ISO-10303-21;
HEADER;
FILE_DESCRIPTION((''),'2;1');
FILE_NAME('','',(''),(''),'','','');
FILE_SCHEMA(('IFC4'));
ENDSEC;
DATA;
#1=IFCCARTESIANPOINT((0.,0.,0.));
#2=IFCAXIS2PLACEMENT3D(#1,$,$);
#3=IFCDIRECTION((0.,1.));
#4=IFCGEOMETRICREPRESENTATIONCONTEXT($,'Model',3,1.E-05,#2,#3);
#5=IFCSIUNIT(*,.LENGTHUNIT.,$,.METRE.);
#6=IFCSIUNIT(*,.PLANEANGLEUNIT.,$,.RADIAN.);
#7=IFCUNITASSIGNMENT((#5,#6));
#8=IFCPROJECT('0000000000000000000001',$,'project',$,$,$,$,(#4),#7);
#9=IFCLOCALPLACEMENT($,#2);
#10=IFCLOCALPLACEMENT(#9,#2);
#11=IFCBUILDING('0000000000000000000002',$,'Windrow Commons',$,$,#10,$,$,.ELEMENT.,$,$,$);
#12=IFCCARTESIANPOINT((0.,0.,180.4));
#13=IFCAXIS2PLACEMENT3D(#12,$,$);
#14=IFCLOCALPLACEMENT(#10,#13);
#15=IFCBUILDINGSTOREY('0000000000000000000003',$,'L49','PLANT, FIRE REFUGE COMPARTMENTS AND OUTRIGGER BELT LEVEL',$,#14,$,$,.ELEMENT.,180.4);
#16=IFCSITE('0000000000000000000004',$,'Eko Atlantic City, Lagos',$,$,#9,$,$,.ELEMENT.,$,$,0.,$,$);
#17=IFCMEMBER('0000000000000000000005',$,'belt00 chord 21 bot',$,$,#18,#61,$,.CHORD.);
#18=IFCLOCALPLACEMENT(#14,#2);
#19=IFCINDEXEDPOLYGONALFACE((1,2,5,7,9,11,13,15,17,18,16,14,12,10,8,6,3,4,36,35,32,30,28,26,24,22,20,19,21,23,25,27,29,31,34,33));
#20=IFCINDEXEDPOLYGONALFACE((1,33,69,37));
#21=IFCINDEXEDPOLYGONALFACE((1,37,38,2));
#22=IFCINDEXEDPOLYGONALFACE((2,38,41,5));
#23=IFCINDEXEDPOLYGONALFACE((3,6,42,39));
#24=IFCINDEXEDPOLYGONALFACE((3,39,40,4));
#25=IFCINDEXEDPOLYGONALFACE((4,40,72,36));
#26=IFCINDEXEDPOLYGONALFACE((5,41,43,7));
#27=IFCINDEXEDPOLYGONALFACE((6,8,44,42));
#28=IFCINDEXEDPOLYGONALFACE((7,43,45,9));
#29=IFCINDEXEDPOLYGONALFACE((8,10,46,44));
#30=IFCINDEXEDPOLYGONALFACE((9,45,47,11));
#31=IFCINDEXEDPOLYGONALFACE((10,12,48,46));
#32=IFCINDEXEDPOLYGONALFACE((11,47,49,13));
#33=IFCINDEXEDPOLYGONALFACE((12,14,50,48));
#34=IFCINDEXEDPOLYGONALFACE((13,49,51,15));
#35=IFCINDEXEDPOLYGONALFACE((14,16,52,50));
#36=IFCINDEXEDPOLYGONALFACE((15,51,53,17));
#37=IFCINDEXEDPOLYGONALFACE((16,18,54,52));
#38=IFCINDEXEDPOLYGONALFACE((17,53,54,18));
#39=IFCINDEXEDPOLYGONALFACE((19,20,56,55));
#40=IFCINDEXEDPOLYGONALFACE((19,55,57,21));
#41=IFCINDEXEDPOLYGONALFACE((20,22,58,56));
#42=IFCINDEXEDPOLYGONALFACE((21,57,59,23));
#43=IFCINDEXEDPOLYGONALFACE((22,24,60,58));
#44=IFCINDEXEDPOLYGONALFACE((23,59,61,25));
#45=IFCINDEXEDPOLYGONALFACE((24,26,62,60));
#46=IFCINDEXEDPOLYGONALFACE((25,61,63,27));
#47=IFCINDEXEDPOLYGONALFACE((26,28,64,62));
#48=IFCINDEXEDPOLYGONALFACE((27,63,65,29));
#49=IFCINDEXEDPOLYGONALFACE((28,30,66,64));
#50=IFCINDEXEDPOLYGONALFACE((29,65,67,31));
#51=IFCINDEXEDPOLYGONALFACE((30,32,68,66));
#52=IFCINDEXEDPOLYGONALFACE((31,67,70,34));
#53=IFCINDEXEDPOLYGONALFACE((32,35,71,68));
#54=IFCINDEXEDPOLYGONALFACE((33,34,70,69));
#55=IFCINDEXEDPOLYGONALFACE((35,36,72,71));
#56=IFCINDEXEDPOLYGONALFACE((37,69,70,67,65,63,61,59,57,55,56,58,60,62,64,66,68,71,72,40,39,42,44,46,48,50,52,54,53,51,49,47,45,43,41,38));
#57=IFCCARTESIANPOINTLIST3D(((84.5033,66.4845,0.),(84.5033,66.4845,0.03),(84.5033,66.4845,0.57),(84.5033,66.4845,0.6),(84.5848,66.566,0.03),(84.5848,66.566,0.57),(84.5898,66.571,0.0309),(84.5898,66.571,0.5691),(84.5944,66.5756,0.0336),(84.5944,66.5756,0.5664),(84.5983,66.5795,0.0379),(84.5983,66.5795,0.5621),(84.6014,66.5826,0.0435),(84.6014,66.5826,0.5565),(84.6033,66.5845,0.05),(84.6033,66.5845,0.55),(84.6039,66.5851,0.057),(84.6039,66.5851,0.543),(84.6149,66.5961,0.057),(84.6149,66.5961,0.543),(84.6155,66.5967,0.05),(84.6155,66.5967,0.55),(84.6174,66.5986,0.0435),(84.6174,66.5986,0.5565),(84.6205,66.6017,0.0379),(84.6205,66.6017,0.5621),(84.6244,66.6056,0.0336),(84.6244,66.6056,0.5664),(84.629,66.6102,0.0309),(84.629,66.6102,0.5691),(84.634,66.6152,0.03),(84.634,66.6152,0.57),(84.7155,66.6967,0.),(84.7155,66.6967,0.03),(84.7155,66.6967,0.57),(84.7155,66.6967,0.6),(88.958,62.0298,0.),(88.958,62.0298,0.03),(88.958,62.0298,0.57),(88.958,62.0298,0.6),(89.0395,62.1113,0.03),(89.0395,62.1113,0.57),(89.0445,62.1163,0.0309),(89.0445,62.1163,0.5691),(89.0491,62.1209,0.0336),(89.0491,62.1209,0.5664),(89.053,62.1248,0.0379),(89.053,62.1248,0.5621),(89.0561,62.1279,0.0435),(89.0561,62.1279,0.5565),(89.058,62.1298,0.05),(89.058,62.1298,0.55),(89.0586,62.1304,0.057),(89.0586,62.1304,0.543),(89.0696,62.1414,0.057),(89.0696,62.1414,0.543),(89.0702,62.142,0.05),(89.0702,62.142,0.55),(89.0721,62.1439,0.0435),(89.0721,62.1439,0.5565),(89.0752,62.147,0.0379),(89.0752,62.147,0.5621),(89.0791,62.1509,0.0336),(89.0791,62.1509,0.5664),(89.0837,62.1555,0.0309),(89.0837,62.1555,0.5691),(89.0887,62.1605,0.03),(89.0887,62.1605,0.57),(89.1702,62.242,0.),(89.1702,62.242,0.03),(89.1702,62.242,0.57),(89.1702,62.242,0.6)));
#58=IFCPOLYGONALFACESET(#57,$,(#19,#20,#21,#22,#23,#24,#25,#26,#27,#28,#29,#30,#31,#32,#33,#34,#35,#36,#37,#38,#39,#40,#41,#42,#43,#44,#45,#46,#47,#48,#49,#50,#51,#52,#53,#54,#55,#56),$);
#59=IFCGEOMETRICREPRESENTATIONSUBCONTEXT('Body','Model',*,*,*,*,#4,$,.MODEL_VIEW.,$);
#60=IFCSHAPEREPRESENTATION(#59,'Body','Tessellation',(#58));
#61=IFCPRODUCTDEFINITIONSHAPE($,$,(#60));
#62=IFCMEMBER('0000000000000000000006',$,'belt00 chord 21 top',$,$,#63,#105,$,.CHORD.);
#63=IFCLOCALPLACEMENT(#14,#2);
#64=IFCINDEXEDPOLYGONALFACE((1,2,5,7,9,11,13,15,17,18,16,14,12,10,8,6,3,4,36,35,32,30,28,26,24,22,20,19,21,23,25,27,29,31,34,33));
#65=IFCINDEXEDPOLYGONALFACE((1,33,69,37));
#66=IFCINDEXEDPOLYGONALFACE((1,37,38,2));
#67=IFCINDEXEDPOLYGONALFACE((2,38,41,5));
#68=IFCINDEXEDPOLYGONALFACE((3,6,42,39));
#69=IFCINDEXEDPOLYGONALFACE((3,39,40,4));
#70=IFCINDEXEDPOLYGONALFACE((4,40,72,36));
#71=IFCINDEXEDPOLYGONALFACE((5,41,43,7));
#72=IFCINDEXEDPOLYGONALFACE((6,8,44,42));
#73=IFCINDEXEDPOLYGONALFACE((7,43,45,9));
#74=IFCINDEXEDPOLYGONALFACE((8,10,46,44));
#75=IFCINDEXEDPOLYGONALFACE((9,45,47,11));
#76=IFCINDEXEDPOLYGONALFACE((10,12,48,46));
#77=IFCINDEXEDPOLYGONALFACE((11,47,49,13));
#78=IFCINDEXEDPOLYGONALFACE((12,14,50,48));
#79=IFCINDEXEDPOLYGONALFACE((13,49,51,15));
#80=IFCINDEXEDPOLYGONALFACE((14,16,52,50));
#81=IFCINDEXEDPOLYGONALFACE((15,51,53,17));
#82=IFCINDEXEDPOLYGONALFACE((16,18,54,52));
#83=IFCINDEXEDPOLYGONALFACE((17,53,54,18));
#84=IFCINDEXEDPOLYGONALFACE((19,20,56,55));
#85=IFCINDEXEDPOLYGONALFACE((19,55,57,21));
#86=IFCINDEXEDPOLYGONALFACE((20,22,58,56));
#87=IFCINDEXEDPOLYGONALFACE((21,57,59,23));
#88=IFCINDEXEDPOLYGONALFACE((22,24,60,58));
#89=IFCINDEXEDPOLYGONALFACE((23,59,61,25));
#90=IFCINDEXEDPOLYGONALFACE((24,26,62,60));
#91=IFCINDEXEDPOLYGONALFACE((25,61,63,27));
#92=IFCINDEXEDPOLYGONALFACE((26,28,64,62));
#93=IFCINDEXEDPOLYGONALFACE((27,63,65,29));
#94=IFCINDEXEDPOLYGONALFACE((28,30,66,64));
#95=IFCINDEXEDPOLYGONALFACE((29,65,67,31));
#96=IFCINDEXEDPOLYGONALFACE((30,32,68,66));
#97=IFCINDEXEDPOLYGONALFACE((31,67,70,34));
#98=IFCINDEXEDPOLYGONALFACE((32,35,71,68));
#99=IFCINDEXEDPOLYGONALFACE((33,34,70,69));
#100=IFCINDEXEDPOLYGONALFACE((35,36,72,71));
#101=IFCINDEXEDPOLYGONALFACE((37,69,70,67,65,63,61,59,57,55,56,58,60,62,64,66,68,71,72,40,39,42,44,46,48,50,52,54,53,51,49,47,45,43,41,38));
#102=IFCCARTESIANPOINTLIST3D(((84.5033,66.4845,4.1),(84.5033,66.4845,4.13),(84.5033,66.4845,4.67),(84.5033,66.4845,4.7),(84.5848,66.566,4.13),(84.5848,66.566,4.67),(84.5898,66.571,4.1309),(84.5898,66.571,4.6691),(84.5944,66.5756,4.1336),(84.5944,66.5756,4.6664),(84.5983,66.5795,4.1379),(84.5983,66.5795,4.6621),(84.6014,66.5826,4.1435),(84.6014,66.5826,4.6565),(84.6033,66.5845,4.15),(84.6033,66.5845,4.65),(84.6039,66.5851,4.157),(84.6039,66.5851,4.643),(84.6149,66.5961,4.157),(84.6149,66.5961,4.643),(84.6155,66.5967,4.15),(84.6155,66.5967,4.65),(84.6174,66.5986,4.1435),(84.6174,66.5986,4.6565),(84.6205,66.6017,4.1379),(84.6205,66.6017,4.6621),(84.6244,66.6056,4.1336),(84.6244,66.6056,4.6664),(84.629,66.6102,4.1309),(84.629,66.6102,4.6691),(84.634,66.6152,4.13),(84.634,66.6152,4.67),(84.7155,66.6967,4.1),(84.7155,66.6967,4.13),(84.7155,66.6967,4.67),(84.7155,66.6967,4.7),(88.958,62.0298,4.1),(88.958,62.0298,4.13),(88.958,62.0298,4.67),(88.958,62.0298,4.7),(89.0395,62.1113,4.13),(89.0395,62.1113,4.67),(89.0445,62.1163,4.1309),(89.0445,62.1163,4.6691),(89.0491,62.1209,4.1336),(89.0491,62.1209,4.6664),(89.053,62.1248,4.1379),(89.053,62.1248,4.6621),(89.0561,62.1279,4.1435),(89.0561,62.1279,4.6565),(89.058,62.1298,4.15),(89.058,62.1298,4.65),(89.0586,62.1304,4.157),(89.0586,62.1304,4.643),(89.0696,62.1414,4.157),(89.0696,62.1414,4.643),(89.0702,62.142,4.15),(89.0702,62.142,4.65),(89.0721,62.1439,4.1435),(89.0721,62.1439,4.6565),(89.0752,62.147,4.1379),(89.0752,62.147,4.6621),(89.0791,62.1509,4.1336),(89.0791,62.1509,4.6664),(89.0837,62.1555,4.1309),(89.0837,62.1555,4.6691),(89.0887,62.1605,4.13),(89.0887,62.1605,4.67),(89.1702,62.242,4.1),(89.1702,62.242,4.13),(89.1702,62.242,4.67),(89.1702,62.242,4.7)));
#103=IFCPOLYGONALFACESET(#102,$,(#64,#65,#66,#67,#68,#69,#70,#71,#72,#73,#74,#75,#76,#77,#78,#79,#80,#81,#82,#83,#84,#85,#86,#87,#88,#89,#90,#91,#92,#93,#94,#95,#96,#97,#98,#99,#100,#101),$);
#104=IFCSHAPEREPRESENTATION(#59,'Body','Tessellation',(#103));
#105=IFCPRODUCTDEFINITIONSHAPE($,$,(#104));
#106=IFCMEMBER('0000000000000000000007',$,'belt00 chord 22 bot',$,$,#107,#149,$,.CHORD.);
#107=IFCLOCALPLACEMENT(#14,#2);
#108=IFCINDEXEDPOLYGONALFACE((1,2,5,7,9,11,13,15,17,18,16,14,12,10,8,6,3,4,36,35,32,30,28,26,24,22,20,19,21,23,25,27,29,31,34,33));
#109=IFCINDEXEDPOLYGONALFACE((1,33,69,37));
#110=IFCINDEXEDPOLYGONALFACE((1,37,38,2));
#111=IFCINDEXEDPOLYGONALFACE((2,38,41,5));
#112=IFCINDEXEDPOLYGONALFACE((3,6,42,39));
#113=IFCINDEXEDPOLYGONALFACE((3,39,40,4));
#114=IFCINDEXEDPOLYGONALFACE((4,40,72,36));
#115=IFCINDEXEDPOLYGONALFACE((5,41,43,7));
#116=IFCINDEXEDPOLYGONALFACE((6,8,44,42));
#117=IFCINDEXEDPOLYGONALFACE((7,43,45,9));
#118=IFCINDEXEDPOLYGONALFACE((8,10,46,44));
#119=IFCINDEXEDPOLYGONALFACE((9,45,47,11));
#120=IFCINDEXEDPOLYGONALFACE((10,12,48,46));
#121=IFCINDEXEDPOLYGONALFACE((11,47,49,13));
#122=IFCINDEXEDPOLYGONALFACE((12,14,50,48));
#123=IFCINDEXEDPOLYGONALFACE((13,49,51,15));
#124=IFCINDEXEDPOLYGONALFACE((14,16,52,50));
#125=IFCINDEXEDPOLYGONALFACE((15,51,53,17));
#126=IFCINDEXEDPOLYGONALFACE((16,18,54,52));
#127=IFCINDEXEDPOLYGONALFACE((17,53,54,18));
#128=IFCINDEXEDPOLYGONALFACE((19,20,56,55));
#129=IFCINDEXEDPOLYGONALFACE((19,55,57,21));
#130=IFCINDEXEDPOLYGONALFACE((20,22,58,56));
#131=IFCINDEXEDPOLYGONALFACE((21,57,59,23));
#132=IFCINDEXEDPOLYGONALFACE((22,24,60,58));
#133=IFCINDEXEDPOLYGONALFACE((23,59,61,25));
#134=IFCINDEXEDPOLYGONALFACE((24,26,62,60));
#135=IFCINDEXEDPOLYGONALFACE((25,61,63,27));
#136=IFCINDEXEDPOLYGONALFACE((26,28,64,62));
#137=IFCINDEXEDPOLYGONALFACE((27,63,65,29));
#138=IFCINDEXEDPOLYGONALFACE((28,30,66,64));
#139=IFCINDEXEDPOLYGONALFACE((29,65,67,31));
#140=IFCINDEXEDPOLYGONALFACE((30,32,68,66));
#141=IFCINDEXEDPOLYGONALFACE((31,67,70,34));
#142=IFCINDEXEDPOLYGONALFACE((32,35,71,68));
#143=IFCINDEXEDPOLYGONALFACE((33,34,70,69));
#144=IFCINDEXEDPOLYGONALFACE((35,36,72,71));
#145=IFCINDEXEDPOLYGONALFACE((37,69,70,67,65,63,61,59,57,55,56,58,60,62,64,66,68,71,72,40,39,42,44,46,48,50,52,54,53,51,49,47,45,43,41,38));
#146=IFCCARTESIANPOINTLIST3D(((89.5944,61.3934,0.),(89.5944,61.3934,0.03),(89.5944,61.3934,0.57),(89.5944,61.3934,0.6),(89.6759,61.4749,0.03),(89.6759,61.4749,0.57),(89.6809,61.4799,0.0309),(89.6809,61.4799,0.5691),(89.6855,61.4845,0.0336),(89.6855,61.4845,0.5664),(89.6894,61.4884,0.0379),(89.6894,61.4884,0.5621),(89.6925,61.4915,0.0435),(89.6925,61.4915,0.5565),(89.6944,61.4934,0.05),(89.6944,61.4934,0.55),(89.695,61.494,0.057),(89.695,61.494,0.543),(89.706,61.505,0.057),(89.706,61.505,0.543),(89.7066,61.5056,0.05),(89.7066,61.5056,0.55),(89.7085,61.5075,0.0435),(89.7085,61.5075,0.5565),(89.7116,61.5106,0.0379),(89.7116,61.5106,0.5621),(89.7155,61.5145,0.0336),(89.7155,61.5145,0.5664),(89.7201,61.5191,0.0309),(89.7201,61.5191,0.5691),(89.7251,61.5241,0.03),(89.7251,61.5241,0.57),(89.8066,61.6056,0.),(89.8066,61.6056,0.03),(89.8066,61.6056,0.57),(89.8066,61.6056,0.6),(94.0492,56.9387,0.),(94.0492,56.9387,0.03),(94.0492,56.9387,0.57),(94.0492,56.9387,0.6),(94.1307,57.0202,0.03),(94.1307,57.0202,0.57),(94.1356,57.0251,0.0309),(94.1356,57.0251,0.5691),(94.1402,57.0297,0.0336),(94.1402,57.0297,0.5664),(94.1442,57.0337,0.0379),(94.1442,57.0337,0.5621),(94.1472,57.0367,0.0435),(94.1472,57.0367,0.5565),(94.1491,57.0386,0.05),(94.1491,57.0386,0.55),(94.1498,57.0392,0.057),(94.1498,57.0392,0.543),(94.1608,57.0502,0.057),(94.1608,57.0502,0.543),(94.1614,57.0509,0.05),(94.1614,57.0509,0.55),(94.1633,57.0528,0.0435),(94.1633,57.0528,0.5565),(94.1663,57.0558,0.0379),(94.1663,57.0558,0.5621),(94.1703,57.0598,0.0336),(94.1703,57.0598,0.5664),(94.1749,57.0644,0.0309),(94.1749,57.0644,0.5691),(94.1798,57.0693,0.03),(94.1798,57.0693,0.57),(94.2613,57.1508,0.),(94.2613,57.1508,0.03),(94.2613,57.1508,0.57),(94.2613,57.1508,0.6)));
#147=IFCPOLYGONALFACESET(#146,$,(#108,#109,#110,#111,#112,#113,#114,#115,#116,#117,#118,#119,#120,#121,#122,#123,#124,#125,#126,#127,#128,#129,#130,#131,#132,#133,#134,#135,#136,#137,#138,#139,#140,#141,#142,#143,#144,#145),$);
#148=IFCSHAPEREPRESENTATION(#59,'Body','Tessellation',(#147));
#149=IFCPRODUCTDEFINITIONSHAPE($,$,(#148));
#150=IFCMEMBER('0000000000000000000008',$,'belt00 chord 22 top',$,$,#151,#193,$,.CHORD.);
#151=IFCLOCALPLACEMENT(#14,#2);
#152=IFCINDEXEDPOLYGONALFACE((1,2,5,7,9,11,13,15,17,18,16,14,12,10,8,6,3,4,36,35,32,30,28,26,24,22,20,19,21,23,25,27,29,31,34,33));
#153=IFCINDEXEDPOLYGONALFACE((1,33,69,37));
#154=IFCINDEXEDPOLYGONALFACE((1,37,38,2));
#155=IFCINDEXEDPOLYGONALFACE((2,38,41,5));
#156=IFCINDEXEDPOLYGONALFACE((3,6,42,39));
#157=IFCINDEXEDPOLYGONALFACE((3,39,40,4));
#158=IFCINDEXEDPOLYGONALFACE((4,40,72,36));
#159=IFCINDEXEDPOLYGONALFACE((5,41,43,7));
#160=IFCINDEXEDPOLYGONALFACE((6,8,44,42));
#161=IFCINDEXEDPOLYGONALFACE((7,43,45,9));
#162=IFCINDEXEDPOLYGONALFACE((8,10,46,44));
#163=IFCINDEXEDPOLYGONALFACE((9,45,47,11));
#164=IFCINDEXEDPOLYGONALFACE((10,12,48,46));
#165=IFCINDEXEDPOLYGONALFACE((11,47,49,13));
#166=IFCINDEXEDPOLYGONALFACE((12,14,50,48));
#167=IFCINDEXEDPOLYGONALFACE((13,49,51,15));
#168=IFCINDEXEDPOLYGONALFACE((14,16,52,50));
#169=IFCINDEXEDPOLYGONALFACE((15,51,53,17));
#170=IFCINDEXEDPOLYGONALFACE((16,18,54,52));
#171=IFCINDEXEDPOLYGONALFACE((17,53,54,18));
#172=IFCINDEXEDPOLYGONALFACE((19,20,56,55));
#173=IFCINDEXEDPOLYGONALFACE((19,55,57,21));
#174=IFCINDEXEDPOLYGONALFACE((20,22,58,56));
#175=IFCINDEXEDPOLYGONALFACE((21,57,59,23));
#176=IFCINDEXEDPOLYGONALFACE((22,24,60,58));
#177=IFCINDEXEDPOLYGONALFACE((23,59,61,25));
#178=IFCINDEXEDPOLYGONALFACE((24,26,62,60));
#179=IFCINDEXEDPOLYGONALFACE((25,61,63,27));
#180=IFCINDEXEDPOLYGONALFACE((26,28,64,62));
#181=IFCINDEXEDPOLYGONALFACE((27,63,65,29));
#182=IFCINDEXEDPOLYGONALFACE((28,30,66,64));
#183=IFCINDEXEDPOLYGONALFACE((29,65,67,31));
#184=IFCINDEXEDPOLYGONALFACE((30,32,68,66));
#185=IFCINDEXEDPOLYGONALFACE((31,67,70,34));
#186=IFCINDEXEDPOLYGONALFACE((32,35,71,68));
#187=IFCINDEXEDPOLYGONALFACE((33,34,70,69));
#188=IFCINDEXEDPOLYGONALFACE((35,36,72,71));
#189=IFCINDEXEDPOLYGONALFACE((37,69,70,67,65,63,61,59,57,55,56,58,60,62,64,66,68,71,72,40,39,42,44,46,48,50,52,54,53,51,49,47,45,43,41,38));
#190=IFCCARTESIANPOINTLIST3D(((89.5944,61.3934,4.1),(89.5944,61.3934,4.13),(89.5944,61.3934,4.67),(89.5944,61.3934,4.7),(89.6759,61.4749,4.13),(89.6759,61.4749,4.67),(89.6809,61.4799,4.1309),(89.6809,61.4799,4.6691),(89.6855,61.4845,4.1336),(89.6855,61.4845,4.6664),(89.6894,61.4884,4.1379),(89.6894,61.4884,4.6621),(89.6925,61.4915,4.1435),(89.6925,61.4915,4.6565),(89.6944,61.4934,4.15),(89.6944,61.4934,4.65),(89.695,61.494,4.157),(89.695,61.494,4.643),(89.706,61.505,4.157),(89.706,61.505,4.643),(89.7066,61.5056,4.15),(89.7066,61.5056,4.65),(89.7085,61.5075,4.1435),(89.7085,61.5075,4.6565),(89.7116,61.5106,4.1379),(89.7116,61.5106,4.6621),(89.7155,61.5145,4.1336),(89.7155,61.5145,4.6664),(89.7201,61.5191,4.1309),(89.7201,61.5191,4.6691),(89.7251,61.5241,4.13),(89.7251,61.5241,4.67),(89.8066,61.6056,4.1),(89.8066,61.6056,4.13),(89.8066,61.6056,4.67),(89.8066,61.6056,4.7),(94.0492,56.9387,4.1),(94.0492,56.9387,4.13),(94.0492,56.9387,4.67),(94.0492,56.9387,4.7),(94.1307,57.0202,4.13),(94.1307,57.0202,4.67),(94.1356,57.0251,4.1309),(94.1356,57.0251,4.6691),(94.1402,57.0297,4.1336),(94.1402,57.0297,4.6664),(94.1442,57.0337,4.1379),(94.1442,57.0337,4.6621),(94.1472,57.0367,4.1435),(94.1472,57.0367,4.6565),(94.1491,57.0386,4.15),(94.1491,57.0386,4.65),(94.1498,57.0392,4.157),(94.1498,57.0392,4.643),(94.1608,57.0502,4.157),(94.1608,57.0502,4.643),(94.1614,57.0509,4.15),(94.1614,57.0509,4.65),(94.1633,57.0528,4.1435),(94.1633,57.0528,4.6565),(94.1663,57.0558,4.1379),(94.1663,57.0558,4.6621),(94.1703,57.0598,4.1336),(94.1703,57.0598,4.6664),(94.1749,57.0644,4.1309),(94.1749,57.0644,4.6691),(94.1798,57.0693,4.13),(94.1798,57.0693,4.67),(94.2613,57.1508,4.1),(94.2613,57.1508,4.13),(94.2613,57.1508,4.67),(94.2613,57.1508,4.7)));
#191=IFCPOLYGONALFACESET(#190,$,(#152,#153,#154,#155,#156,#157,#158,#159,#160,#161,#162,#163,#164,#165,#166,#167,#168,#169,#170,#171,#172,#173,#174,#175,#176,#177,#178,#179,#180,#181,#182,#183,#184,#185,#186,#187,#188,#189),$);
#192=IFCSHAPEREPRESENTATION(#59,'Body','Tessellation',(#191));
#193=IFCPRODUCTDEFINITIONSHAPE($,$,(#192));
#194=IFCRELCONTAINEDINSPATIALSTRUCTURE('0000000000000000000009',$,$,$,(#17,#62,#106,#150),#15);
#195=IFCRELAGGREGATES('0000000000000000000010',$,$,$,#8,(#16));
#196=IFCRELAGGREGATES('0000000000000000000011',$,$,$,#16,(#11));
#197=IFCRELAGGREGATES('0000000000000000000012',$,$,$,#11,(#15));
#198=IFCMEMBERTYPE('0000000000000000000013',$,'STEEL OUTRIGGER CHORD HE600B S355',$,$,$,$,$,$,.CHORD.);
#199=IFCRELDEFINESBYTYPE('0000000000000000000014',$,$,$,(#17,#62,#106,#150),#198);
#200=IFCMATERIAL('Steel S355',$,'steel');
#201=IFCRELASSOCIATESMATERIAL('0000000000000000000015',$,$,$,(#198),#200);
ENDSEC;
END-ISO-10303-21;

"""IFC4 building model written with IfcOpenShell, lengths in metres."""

from ifc_helpers import new_model, si_unit, direction, frame, origin, origin_2d, place, context, subcontext, project, spatial, i_section, extrude, material, material_profile, profile_set, type_object, element, save


model = new_model("IFC4")

# Units and contexts
model_context = context("Model", 3, precision=1e-05, world=origin(), true_north=direction((0.0, 1.0)))
body_context = subcontext(model_context, "Body", "Model", "MODEL_VIEW")
ifc_project = project(units=[si_unit("LENGTHUNIT", "METRE"), si_unit("PLANEANGLEUNIT", "RADIAN")], contexts=[model_context])

# Site, building, storey
site_placement = place(None, origin())
site = spatial("IfcSite", under=ifc_project, at=site_placement, Name="Eko Atlantic City, Lagos", CompositionType="ELEMENT", RefElevation=0.0)
building_placement = place(site_placement, origin())
building = spatial("IfcBuilding", under=site, at=building_placement, Name="Windrow Commons", CompositionType="ELEMENT")
storey_placement = place(building_placement, frame((0.0, 0.0, 180.4)))
storey = spatial("IfcBuildingStorey", under=building, at=storey_placement, Name="L49", Description="PLANT, FIRE REFUGE COMPARTMENTS AND OUTRIGGER BELT LEVEL", CompositionType="ELEMENT", Elevation=180.4)

# Members
ifc_material_1 = material(Name="Steel S355", Category="steel")
ifc_material_profile_1 = material_profile(ifc_material_1, i_section(OverallWidth=0.3, OverallDepth=0.6, WebThickness=0.0155, FlangeThickness=0.03, FilletRadius=0.027, at=origin_2d()))
ifc_profile_set_1 = profile_set([ifc_material_profile_1], Name="Steel S355")
member_type_1 = type_object("IfcMemberType", Name="STEEL OUTRIGGER CHORD HE600B S355", PredefinedType="CHORD", material=ifc_profile_set_1)
for number, where, z_axis, x_axis, name in (
    (1, (84.6094, 66.5906, 0.3), (0.707107, -0.707107, 0.0), (0.707107, 0.707107, 0.0), "belt00 chord 21 bot"),
    (2, (84.6094, 66.5906, 4.4), (0.707107, -0.707107, 0.0), (0.707107, 0.707107, 0.0), "belt00 chord 21 top"),
):
    element("IfcMember", number, at=place(storey_placement, frame(where, z_axis=z_axis, x_axis=x_axis)), inside=storey, type_object=member_type_1, Name=name, PredefinedType="CHORD", context=body_context, shape_type="SweptSolid", body=[
        extrude(i_section(OverallWidth=0.3, OverallDepth=0.6, WebThickness=0.0155, FlangeThickness=0.03, FilletRadius=0.027, at=origin_2d()), origin(), (0.0, 0.0, 1.0), 6.2999),
    ])
for number, where, z_axis, x_axis, name in (
    (3, (89.7005, 61.4995, 0.3), (0.707107, -0.707107, 0.0), (0.707107, 0.707107, 0.0), "belt00 chord 22 bot"),
    (4, (89.7005, 61.4995, 4.4), (0.707107, -0.707107, 0.0), (0.707107, 0.707107, 0.0), "belt00 chord 22 top"),
):
    element("IfcMember", number, at=place(storey_placement, frame(where, z_axis=z_axis, x_axis=x_axis)), inside=storey, type_object=member_type_1, Name=name, PredefinedType="CHORD", context=body_context, shape_type="SweptSolid", body=[
        extrude(i_section(OverallWidth=0.3, OverallDepth=0.6, WebThickness=0.0155, FlangeThickness=0.03, FilletRadius=0.027, at=origin_2d()), origin(), (0.0, 0.0, 1.0), 6.3),
    ])

save(model, "model.ifc")
